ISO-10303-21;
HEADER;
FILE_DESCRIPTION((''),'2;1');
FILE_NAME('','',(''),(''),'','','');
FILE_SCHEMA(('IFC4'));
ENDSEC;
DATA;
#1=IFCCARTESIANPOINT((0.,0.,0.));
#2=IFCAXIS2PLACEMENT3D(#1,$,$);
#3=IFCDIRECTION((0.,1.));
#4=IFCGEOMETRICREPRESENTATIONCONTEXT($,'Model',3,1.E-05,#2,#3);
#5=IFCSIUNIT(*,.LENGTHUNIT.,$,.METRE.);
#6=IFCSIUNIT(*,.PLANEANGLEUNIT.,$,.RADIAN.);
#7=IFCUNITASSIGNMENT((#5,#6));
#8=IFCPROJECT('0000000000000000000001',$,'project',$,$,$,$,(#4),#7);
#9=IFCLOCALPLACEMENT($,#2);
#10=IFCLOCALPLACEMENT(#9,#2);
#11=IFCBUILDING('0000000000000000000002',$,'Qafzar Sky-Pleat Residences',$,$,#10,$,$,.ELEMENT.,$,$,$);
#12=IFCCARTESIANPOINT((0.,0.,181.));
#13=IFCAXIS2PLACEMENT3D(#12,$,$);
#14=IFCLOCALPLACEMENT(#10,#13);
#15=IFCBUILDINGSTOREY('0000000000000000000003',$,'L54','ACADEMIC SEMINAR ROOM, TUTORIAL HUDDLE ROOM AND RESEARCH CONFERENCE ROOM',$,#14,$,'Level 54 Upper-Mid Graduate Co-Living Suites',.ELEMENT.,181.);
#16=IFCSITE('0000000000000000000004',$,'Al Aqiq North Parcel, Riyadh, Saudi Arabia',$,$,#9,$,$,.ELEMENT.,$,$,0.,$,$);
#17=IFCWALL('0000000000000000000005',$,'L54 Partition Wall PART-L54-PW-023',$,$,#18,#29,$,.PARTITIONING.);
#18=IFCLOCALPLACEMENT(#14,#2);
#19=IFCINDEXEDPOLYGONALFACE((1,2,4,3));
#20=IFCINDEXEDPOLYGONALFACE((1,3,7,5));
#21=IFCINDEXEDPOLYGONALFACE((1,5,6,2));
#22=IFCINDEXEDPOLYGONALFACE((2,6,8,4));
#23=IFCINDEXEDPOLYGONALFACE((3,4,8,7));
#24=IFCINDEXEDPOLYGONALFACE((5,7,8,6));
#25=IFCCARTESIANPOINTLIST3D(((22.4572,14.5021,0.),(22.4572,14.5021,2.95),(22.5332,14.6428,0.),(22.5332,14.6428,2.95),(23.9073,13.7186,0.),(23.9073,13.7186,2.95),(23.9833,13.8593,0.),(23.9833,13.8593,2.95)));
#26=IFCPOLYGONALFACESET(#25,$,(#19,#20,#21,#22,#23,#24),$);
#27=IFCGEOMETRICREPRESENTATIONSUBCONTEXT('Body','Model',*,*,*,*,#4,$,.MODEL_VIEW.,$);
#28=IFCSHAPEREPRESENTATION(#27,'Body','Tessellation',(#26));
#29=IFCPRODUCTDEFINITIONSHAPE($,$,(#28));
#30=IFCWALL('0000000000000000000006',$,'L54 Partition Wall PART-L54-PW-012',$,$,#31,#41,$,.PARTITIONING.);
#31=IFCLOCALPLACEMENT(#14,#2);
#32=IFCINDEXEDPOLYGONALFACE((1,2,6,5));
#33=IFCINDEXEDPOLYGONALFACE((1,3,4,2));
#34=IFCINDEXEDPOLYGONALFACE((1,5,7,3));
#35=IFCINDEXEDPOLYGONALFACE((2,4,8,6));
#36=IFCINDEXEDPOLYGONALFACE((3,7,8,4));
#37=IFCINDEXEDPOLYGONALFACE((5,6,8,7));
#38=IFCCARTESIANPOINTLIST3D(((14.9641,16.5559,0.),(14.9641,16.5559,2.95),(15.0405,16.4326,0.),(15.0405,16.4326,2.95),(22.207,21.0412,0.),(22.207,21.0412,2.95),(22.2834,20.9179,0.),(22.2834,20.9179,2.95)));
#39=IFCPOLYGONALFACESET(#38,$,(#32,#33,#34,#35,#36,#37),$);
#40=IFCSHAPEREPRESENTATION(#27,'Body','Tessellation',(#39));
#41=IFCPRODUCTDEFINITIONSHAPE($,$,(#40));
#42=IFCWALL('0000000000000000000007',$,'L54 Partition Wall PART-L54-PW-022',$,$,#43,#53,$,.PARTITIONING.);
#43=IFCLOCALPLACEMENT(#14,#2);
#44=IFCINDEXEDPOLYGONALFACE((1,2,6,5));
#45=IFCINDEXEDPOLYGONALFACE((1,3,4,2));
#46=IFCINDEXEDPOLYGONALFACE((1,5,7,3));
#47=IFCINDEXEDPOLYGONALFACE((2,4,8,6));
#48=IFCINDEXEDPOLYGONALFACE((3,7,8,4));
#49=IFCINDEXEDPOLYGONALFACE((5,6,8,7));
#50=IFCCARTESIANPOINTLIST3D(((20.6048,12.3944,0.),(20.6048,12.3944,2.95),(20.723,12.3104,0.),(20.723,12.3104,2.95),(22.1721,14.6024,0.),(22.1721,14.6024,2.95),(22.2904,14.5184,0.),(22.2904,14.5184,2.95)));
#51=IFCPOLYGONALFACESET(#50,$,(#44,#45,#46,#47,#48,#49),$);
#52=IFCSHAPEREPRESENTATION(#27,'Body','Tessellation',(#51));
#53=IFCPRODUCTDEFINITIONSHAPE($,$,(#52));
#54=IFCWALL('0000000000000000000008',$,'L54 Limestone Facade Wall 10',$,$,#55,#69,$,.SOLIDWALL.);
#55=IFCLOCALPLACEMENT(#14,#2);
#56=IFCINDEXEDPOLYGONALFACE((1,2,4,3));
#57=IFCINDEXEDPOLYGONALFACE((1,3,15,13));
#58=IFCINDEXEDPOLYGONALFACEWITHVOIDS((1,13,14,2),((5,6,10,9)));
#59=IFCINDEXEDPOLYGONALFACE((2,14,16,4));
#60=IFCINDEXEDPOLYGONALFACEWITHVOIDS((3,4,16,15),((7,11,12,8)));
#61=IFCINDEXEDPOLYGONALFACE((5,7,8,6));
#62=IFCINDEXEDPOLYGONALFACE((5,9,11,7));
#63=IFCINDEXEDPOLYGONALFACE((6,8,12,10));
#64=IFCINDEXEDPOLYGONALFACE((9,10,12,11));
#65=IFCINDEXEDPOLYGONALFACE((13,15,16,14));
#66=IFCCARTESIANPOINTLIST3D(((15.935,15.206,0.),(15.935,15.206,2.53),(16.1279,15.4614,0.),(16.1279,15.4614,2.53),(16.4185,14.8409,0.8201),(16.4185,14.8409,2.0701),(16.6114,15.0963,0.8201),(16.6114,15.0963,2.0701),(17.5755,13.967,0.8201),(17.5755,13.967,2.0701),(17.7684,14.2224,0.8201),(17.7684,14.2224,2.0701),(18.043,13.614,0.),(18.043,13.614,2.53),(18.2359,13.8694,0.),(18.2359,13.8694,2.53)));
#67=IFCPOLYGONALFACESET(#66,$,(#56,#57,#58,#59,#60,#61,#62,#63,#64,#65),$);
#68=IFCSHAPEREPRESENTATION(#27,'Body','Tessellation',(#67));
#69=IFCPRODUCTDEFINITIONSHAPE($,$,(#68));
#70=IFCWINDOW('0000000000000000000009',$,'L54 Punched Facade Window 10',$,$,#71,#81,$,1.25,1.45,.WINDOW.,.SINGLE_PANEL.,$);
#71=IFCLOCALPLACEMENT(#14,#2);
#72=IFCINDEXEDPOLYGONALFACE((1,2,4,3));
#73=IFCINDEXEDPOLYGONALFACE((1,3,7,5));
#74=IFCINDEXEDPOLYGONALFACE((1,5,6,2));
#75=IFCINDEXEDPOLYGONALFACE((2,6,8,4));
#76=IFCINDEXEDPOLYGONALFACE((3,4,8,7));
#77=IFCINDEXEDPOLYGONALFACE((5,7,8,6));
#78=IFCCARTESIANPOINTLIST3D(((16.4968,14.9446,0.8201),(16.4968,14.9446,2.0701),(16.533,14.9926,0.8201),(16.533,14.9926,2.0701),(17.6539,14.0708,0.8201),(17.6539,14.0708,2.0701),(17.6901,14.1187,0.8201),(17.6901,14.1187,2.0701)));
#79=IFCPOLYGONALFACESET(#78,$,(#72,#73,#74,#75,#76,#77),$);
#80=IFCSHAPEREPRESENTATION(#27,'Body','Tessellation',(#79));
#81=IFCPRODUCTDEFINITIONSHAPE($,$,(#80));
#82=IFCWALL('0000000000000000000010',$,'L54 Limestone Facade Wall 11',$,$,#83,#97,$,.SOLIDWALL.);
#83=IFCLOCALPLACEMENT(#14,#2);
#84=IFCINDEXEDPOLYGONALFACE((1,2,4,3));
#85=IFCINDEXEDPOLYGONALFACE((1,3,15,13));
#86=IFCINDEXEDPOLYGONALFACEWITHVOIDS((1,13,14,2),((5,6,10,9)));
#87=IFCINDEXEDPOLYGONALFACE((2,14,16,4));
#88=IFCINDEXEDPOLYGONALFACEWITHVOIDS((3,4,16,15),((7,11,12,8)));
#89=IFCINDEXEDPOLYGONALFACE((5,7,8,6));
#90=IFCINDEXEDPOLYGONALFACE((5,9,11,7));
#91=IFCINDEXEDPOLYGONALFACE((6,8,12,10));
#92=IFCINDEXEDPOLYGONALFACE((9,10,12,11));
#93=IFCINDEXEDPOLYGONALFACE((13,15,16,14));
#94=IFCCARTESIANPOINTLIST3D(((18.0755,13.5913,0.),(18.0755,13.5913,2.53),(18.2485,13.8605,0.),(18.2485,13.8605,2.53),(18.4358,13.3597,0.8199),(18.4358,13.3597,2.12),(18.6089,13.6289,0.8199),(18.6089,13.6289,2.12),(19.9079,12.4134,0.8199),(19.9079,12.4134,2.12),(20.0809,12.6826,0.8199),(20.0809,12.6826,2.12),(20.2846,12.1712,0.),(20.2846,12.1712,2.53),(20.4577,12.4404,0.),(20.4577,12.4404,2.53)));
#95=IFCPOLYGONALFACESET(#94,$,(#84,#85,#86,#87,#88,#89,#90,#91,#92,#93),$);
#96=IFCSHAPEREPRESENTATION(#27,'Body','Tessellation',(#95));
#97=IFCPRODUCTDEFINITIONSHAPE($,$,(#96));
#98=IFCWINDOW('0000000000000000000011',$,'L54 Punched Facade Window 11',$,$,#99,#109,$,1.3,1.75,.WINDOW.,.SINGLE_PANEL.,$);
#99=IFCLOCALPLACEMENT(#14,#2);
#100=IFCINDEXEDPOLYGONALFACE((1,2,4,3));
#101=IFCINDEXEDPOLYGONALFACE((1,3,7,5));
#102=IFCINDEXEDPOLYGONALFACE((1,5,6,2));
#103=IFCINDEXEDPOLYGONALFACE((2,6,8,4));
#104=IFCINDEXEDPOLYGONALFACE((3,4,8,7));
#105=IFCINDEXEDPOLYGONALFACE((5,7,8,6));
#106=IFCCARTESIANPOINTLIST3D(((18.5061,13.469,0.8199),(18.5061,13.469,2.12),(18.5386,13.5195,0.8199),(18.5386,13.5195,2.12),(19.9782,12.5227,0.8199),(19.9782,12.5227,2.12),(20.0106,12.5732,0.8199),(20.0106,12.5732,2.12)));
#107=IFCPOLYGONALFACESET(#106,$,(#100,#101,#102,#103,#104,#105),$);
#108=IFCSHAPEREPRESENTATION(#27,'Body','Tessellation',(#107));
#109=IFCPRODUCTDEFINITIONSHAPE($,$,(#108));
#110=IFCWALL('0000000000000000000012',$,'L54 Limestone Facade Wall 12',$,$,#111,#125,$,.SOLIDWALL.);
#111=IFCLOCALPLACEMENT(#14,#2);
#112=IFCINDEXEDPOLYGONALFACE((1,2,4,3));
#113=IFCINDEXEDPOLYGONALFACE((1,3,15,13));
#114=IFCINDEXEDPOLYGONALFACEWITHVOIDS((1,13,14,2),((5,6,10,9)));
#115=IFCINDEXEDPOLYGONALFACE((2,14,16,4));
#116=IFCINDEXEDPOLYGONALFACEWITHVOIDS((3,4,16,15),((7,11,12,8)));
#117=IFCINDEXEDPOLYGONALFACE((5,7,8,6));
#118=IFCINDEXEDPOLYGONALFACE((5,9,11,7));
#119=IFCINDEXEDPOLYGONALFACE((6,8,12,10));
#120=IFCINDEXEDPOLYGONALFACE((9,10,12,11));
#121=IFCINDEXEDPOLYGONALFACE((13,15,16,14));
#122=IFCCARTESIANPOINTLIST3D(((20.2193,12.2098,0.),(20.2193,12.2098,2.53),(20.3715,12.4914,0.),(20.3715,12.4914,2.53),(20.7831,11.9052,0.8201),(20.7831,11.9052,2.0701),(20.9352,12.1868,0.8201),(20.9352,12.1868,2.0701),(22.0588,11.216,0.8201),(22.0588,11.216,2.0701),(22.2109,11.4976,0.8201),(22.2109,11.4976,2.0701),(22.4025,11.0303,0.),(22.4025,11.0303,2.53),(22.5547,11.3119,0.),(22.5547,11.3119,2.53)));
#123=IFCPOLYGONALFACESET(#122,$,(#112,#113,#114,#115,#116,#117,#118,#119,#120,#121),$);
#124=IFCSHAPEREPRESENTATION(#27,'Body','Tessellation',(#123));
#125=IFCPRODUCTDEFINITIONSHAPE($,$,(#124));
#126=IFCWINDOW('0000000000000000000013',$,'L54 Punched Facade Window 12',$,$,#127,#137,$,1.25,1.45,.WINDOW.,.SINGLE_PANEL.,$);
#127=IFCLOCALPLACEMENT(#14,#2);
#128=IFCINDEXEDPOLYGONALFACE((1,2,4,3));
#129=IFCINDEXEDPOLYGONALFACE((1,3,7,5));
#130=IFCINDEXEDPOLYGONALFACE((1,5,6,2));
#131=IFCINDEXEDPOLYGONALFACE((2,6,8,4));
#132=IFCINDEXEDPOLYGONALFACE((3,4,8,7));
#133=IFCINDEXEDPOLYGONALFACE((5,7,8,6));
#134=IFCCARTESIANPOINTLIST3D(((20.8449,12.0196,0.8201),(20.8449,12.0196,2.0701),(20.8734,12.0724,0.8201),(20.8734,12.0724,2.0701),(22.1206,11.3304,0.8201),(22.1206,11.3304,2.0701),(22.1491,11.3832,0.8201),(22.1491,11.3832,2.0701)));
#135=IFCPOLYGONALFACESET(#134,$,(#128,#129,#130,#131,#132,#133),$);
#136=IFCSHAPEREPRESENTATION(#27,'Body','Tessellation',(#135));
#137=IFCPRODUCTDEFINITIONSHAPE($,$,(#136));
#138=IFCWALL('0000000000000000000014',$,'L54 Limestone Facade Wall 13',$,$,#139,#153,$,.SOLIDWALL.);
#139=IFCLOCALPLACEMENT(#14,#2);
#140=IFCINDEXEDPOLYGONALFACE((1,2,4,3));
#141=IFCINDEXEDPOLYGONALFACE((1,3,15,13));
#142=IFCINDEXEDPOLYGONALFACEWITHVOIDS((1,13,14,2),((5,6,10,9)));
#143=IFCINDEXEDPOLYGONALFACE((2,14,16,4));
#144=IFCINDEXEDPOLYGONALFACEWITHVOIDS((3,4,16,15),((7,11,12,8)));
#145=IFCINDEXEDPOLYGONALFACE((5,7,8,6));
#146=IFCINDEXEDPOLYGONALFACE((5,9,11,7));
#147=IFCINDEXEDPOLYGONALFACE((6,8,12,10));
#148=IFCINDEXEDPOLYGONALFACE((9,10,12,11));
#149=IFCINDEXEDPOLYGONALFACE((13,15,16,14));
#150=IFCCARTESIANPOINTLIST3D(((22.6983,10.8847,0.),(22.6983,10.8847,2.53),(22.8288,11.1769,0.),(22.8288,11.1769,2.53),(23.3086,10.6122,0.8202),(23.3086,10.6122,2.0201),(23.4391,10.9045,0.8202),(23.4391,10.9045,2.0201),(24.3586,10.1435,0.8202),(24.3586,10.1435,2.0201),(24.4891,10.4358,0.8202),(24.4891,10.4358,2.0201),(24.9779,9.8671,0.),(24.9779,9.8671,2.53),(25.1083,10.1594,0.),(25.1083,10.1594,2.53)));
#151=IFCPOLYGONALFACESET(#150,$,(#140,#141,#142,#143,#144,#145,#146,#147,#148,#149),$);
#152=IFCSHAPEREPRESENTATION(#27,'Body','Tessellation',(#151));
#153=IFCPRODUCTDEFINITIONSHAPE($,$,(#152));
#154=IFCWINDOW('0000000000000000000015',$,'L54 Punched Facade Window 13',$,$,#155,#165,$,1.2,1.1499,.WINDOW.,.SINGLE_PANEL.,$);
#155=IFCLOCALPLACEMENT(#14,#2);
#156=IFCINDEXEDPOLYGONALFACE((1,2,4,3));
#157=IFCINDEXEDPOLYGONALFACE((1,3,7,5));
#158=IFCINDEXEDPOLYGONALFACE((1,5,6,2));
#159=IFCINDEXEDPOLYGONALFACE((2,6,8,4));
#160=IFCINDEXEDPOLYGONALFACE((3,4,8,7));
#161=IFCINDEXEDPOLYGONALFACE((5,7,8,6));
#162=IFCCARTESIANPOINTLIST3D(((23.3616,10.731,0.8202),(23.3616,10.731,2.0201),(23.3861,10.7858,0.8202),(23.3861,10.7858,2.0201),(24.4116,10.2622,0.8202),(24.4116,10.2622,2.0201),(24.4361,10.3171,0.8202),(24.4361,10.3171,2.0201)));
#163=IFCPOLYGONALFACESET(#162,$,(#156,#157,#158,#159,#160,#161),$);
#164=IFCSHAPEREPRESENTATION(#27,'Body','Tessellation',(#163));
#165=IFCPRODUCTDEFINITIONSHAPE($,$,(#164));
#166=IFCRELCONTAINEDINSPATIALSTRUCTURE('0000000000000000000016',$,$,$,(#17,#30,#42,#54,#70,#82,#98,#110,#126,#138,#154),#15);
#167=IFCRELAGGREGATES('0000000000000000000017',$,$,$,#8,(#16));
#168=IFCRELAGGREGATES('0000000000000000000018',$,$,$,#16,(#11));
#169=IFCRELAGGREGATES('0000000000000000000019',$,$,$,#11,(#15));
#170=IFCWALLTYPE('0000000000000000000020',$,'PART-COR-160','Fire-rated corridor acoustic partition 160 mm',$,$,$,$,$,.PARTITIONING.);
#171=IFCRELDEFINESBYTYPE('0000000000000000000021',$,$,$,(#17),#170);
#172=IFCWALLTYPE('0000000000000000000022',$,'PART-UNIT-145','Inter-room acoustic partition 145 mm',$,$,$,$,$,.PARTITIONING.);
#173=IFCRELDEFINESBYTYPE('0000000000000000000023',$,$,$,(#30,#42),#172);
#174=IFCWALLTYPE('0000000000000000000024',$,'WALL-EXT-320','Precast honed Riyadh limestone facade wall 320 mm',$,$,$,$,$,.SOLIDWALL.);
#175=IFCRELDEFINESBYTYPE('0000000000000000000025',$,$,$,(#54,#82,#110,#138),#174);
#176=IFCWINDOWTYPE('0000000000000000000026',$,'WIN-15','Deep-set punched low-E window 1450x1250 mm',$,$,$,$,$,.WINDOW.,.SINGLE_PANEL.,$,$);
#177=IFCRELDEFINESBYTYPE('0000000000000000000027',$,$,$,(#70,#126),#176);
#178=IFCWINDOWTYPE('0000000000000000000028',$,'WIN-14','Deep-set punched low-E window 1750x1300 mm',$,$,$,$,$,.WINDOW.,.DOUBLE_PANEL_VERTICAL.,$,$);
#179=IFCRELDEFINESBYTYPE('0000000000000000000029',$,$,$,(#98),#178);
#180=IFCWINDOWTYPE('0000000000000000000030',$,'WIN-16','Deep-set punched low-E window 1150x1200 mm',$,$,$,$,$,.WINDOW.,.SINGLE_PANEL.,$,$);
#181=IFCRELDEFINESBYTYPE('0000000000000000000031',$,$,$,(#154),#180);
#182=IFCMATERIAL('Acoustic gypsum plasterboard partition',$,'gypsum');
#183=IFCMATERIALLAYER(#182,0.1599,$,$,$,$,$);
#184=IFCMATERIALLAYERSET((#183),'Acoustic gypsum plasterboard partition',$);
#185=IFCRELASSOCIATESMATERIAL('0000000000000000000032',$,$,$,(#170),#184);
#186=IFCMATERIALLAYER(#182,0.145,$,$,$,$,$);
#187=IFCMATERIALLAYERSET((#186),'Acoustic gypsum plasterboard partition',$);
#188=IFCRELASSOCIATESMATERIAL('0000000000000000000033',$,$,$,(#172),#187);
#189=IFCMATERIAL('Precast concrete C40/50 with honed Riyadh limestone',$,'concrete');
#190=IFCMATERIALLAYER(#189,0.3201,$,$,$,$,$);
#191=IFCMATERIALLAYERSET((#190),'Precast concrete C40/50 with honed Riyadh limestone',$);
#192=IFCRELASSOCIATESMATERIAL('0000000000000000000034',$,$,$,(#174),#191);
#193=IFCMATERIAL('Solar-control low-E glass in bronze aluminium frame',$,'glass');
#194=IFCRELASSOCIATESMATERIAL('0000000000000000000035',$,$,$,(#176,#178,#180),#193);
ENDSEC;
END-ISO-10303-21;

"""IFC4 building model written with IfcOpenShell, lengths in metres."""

from ifc_helpers import new_model, si_unit, direction, frame, frame_2d, origin, place, context, subcontext, project, spatial, rectangle, extrude, source, transform, mapped, material, layer, layer_set, type_object, element, fill, save


model = new_model("IFC4")

# Units and contexts
model_context = context("Model", 3, precision=1e-05, world=origin(), true_north=direction((0.0, 1.0)))
body_context = subcontext(model_context, "Body", "Model", "MODEL_VIEW")
ifc_project = project(units=[si_unit("LENGTHUNIT", "METRE"), si_unit("PLANEANGLEUNIT", "RADIAN")], contexts=[model_context])

# Site, building, storey
site_placement = place(None, origin())
site = spatial("IfcSite", under=ifc_project, at=site_placement, Name="Al Aqiq North Parcel, Riyadh, Saudi Arabia", CompositionType="ELEMENT", RefElevation=0.0)
building_placement = place(site_placement, origin())
building = spatial("IfcBuilding", under=site, at=building_placement, Name="Qafzar Sky-Pleat Residences", CompositionType="ELEMENT")
storey_placement = place(building_placement, frame((0.0, 0.0, 181.0)))
storey = spatial("IfcBuildingStorey", under=building, at=storey_placement, Name="L54", Description="ACADEMIC SEMINAR ROOM, TUTORIAL HUDDLE ROOM AND RESEARCH CONFERENCE ROOM", LongName="Level 54 Upper-Mid Graduate Co-Living Suites", CompositionType="ELEMENT", Elevation=181.0)

# Shared definitions
ifc_material_1 = material(Name="Acoustic gypsum plasterboard partition", Category="gypsum")
ifc_layer_1 = layer(ifc_material_1, 0.1599)
ifc_layer_set_1 = layer_set([ifc_layer_1], Name="Acoustic gypsum plasterboard partition")
wall_type_1 = type_object("IfcWallType", Name="PART-COR-160", Description="Fire-rated corridor acoustic partition 160 mm", PredefinedType="PARTITIONING", material=ifc_layer_set_1)

# Walls
wall_1_placement = place(storey_placement, frame((22.4951, 14.5725, 0.0), z_axis=(0.0, 0.0, 1.0), x_axis=(0.879785, -0.475371, 0.0)))
element("IfcWall", 1, at=wall_1_placement, inside=storey, type_object=wall_type_1, Name="L54 Partition Wall PART-L54-PW-023", PredefinedType="PARTITIONING", context=body_context, shape_type="SweptSolid", body=[
    extrude(rectangle(XDim=1.6482, YDim=0.1599, at=frame_2d((0.8242, 0.0))), origin(), (0.0, 0.0, 1.0), 2.95),
])
ifc_layer_2 = layer(ifc_material_1, 0.145)
ifc_layer_set_2 = layer_set([ifc_layer_2], Name="Acoustic gypsum plasterboard partition")
wall_type_2 = type_object("IfcWallType", Name="PART-UNIT-145", Description="Inter-room acoustic partition 145 mm", PredefinedType="PARTITIONING", material=ifc_layer_set_2)
wall_2_placement = place(storey_placement, frame((15.0022, 16.4941, 0.0), z_axis=(0.0, 0.0, 1.0), x_axis=(0.850179, 0.526494, 0.0)))
element("IfcWall", 2, at=wall_2_placement, inside=storey, type_object=wall_type_2, Name="L54 Partition Wall PART-L54-PW-012", PredefinedType="PARTITIONING", context=body_context, shape_type="SweptSolid", body=[
    extrude(rectangle(XDim=8.5193, YDim=0.145, at=frame_2d((4.2598, 0.0))), origin(), (0.0, 0.0, 1.0), 2.95),
])
wall_3_placement = place(storey_placement, frame((20.6638, 12.3523, 0.0), z_axis=(0.0, 0.0, 1.0), x_axis=(0.578848, 0.815436, 0.0)))
element("IfcWall", 3, at=wall_3_placement, inside=storey, type_object=wall_type_2, Name="L54 Partition Wall PART-L54-PW-022", PredefinedType="PARTITIONING", context=body_context, shape_type="SweptSolid", body=[
    extrude(rectangle(XDim=2.7078, YDim=0.145, at=frame_2d((1.354, 0.0))), origin(), (0.0, 0.0, 1.0), 2.95),
])

# Walls, openings, windows
ifc_material_2 = material(Name="Precast concrete C40/50 with honed Riyadh limestone", Category="concrete")
ifc_layer_3 = layer(ifc_material_2, 0.3201)
ifc_layer_set_3 = layer_set([ifc_layer_3], Name="Precast concrete C40/50 with honed Riyadh limestone")
wall_type_3 = type_object("IfcWallType", Name="WALL-EXT-320", Description="Precast honed Riyadh limestone facade wall 320 mm", PredefinedType="SOLIDWALL", material=ifc_layer_set_3)
wall_4_placement = place(storey_placement, frame((16.0315, 15.3337, 0.0), z_axis=(0.0, 0.0, 1.0), x_axis=(0.797977, -0.602688, 0.0)))
wall_4 = element("IfcWall", 4, at=wall_4_placement, inside=storey, type_object=wall_type_3, Name="L54 Limestone Facade Wall 10", PredefinedType="SOLIDWALL", context=body_context, shape_type="SweptSolid", body=[
    extrude(rectangle(XDim=2.6416, YDim=0.3201, at=frame_2d((1.3208, 0.0))), origin(), (0.0, 0.0, 1.0), 2.53),
])
opening_1_placement = place(wall_4_placement, frame((0.6057, 0.0, 0.8201)))
opening_1 = element("IfcOpeningElement", 5, at=opening_1_placement, cuts=wall_4, PredefinedType="OPENING", context=body_context, shape_type="SweptSolid", body=[
    extrude(rectangle(XDim=1.45, YDim=1.25, at=frame_2d((0.7251, 0.625))), frame((0.0, 0.1699, 0.0), z_axis=(0.0, -1.0, 0.0), x_axis=(1.0, 0.0, 0.0)), (0.0, 0.0, 1.0), 0.3401),
])
ifc_material_3 = material(Name="Solar-control low-E glass in bronze aluminium frame", Category="glass")
window_type_1 = type_object("IfcWindowType", Name="WIN-15", Description="Deep-set punched low-E window 1450x1250 mm", PartitioningType="SINGLE_PANEL", PredefinedType="WINDOW", material=ifc_material_3)
shared_shape_1 = source(origin(), body_context, "Body", "SweptSolid", [
    extrude(rectangle(XDim=1.45, YDim=1.25, at=frame_2d((0.7251, 0.625))), frame((0.0, 0.03, 0.0), z_axis=(0.0, -1.0, 0.0), x_axis=(1.0, 0.0, 0.0)), (0.0, 0.0, 1.0), 0.0601),
])
window_1_placement = place(opening_1_placement, origin())
window_1 = element("IfcWindow", 6, at=window_1_placement, inside=storey, type_object=window_type_1, Name="L54 Punched Facade Window 10", OverallHeight=1.25, OverallWidth=1.45, PartitioningType="SINGLE_PANEL", PredefinedType="WINDOW", context=body_context, shape_type="MappedRepresentation", body=[
    mapped(shared_shape_1, transform((0.0, 0.0, 0.0), x_axis=(1.0, 0.0, 0.0), y_axis=(0.0, 1.0, 0.0), z_axis=(0.0, 0.0, 1.0), scale=1.0)),
])
fill(opening_1, window_1)
wall_5_placement = place(storey_placement, frame((18.1621, 13.7258, 0.0), z_axis=(0.0, 0.0, 1.0), x_axis=(0.841188, -0.540743, 0.0)))
wall_5 = element("IfcWall", 7, at=wall_5_placement, inside=storey, type_object=wall_type_3, Name="L54 Limestone Facade Wall 11", PredefinedType="SOLIDWALL", context=body_context, shape_type="SweptSolid", body=[
    extrude(rectangle(XDim=2.6262, YDim=0.3201, at=frame_2d((1.313, 0.0))), origin(), (0.0, 0.0, 1.0), 2.53),
])
opening_2_placement = place(wall_5_placement, frame((0.4282, 0.0, 0.8201)))
opening_2 = element("IfcOpeningElement", 8, at=opening_2_placement, cuts=wall_5, PredefinedType="OPENING", context=body_context, shape_type="SweptSolid", body=[
    extrude(rectangle(XDim=1.75, YDim=1.3, at=frame_2d((0.875, 0.6499))), frame((0.0, 0.1699, 0.0), z_axis=(0.0, -1.0, 0.0), x_axis=(1.0, 0.0, 0.0)), (0.0, 0.0, 1.0), 0.3401),
])
window_type_2 = type_object("IfcWindowType", Name="WIN-14", Description="Deep-set punched low-E window 1750x1300 mm", PartitioningType="DOUBLE_PANEL_VERTICAL", PredefinedType="WINDOW", material=ifc_material_3)
shared_shape_2 = source(origin(), body_context, "Body", "SweptSolid", [
    extrude(rectangle(XDim=1.75, YDim=1.3, at=frame_2d((0.875, 0.6499))), frame((0.0, 0.03, 0.0), z_axis=(0.0, -1.0, 0.0), x_axis=(1.0, 0.0, 0.0)), (0.0, 0.0, 1.0), 0.0601),
])
window_2_placement = place(opening_2_placement, origin())
window_2 = element("IfcWindow", 9, at=window_2_placement, inside=storey, type_object=window_type_2, Name="L54 Punched Facade Window 11", OverallHeight=1.3, OverallWidth=1.75, PartitioningType="SINGLE_PANEL", PredefinedType="WINDOW", context=body_context, shape_type="MappedRepresentation", body=[
    mapped(shared_shape_2, transform((0.0, 0.0, 0.0), x_axis=(1.0, 0.0, 0.0), y_axis=(0.0, 1.0, 0.0), z_axis=(0.0, 0.0, 1.0), scale=1.0)),
])
fill(opening_2, window_2)
wall_6_placement = place(storey_placement, frame((20.2954, 12.3506, 0.0), z_axis=(0.0, 0.0, 1.0), x_axis=(0.87981, -0.475326, 0.0)))
wall_6 = element("IfcWall", 10, at=wall_6_placement, inside=storey, type_object=wall_type_3, Name="L54 Limestone Facade Wall 12", PredefinedType="SOLIDWALL", context=body_context, shape_type="SweptSolid", body=[
    extrude(rectangle(XDim=2.4814, YDim=0.3201, at=frame_2d((1.2407, 0.0))), origin(), (0.0, 0.0, 1.0), 2.53),
])
opening_3_placement = place(wall_6_placement, frame((0.6406, 0.0, 0.8201)))
opening_3 = element("IfcOpeningElement", 11, at=opening_3_placement, cuts=wall_6, PredefinedType="OPENING", context=body_context, shape_type="SweptSolid", body=[
    extrude(rectangle(XDim=1.45, YDim=1.25, at=frame_2d((0.7251, 0.625))), frame((0.0, 0.1699, 0.0), z_axis=(0.0, -1.0, 0.0), x_axis=(1.0, 0.0, 0.0)), (0.0, 0.0, 1.0), 0.3401),
])
window_3_placement = place(opening_3_placement, origin())
window_3 = element("IfcWindow", 12, at=window_3_placement, inside=storey, type_object=window_type_1, Name="L54 Punched Facade Window 12", OverallHeight=1.25, OverallWidth=1.45, PartitioningType="SINGLE_PANEL", PredefinedType="WINDOW", context=body_context, shape_type="MappedRepresentation", body=[
    mapped(shared_shape_1, transform((0.0, 0.0, 0.0), x_axis=(1.0, 0.0, 0.0), y_axis=(0.0, 1.0, 0.0), z_axis=(0.0, 0.0, 1.0), scale=1.0)),
])
fill(opening_3, window_3)
wall_7_placement = place(storey_placement, frame((22.7637, 11.0308, 0.0), z_axis=(0.0, 0.0, 1.0), x_axis=(0.913149, -0.407626, 0.0)))
wall_7 = element("IfcWall", 13, at=wall_7_placement, inside=storey, type_object=wall_type_3, Name="L54 Limestone Facade Wall 13", PredefinedType="SOLIDWALL", context=body_context, shape_type="SweptSolid", body=[
    extrude(rectangle(XDim=2.4963, YDim=0.3201, at=frame_2d((1.248, 0.0))), origin(), (0.0, 0.0, 1.0), 2.53),
])
opening_4_placement = place(wall_7_placement, frame((0.6682, 0.0, 0.8201)))
opening_4 = element("IfcOpeningElement", 14, at=opening_4_placement, cuts=wall_7, PredefinedType="OPENING", context=body_context, shape_type="SweptSolid", body=[
    extrude(rectangle(XDim=1.1499, YDim=1.2, at=frame_2d((0.575, 0.6001))), frame((0.0, 0.1699, 0.0), z_axis=(0.0, -1.0, 0.0), x_axis=(1.0, 0.0, 0.0)), (0.0, 0.0, 1.0), 0.3401),
])
window_type_3 = type_object("IfcWindowType", Name="WIN-16", Description="Deep-set punched low-E window 1150x1200 mm", PartitioningType="SINGLE_PANEL", PredefinedType="WINDOW", material=ifc_material_3)
shared_shape_3 = source(origin(), body_context, "Body", "SweptSolid", [
    extrude(rectangle(XDim=1.1499, YDim=1.2, at=frame_2d((0.575, 0.6001))), frame((0.0, 0.03, 0.0), z_axis=(0.0, -1.0, 0.0), x_axis=(1.0, 0.0, 0.0)), (0.0, 0.0, 1.0), 0.0601),
])
window_4_placement = place(opening_4_placement, origin())
window_4 = element("IfcWindow", 15, at=window_4_placement, inside=storey, type_object=window_type_3, Name="L54 Punched Facade Window 13", OverallHeight=1.2, OverallWidth=1.1499, PartitioningType="SINGLE_PANEL", PredefinedType="WINDOW", context=body_context, shape_type="MappedRepresentation", body=[
    mapped(shared_shape_3, transform((0.0, 0.0, 0.0), x_axis=(1.0, 0.0, 0.0), y_axis=(0.0, 1.0, 0.0), z_axis=(0.0, 0.0, 1.0), scale=1.0)),
])
fill(opening_4, window_4)

save(model, "model.ifc")
